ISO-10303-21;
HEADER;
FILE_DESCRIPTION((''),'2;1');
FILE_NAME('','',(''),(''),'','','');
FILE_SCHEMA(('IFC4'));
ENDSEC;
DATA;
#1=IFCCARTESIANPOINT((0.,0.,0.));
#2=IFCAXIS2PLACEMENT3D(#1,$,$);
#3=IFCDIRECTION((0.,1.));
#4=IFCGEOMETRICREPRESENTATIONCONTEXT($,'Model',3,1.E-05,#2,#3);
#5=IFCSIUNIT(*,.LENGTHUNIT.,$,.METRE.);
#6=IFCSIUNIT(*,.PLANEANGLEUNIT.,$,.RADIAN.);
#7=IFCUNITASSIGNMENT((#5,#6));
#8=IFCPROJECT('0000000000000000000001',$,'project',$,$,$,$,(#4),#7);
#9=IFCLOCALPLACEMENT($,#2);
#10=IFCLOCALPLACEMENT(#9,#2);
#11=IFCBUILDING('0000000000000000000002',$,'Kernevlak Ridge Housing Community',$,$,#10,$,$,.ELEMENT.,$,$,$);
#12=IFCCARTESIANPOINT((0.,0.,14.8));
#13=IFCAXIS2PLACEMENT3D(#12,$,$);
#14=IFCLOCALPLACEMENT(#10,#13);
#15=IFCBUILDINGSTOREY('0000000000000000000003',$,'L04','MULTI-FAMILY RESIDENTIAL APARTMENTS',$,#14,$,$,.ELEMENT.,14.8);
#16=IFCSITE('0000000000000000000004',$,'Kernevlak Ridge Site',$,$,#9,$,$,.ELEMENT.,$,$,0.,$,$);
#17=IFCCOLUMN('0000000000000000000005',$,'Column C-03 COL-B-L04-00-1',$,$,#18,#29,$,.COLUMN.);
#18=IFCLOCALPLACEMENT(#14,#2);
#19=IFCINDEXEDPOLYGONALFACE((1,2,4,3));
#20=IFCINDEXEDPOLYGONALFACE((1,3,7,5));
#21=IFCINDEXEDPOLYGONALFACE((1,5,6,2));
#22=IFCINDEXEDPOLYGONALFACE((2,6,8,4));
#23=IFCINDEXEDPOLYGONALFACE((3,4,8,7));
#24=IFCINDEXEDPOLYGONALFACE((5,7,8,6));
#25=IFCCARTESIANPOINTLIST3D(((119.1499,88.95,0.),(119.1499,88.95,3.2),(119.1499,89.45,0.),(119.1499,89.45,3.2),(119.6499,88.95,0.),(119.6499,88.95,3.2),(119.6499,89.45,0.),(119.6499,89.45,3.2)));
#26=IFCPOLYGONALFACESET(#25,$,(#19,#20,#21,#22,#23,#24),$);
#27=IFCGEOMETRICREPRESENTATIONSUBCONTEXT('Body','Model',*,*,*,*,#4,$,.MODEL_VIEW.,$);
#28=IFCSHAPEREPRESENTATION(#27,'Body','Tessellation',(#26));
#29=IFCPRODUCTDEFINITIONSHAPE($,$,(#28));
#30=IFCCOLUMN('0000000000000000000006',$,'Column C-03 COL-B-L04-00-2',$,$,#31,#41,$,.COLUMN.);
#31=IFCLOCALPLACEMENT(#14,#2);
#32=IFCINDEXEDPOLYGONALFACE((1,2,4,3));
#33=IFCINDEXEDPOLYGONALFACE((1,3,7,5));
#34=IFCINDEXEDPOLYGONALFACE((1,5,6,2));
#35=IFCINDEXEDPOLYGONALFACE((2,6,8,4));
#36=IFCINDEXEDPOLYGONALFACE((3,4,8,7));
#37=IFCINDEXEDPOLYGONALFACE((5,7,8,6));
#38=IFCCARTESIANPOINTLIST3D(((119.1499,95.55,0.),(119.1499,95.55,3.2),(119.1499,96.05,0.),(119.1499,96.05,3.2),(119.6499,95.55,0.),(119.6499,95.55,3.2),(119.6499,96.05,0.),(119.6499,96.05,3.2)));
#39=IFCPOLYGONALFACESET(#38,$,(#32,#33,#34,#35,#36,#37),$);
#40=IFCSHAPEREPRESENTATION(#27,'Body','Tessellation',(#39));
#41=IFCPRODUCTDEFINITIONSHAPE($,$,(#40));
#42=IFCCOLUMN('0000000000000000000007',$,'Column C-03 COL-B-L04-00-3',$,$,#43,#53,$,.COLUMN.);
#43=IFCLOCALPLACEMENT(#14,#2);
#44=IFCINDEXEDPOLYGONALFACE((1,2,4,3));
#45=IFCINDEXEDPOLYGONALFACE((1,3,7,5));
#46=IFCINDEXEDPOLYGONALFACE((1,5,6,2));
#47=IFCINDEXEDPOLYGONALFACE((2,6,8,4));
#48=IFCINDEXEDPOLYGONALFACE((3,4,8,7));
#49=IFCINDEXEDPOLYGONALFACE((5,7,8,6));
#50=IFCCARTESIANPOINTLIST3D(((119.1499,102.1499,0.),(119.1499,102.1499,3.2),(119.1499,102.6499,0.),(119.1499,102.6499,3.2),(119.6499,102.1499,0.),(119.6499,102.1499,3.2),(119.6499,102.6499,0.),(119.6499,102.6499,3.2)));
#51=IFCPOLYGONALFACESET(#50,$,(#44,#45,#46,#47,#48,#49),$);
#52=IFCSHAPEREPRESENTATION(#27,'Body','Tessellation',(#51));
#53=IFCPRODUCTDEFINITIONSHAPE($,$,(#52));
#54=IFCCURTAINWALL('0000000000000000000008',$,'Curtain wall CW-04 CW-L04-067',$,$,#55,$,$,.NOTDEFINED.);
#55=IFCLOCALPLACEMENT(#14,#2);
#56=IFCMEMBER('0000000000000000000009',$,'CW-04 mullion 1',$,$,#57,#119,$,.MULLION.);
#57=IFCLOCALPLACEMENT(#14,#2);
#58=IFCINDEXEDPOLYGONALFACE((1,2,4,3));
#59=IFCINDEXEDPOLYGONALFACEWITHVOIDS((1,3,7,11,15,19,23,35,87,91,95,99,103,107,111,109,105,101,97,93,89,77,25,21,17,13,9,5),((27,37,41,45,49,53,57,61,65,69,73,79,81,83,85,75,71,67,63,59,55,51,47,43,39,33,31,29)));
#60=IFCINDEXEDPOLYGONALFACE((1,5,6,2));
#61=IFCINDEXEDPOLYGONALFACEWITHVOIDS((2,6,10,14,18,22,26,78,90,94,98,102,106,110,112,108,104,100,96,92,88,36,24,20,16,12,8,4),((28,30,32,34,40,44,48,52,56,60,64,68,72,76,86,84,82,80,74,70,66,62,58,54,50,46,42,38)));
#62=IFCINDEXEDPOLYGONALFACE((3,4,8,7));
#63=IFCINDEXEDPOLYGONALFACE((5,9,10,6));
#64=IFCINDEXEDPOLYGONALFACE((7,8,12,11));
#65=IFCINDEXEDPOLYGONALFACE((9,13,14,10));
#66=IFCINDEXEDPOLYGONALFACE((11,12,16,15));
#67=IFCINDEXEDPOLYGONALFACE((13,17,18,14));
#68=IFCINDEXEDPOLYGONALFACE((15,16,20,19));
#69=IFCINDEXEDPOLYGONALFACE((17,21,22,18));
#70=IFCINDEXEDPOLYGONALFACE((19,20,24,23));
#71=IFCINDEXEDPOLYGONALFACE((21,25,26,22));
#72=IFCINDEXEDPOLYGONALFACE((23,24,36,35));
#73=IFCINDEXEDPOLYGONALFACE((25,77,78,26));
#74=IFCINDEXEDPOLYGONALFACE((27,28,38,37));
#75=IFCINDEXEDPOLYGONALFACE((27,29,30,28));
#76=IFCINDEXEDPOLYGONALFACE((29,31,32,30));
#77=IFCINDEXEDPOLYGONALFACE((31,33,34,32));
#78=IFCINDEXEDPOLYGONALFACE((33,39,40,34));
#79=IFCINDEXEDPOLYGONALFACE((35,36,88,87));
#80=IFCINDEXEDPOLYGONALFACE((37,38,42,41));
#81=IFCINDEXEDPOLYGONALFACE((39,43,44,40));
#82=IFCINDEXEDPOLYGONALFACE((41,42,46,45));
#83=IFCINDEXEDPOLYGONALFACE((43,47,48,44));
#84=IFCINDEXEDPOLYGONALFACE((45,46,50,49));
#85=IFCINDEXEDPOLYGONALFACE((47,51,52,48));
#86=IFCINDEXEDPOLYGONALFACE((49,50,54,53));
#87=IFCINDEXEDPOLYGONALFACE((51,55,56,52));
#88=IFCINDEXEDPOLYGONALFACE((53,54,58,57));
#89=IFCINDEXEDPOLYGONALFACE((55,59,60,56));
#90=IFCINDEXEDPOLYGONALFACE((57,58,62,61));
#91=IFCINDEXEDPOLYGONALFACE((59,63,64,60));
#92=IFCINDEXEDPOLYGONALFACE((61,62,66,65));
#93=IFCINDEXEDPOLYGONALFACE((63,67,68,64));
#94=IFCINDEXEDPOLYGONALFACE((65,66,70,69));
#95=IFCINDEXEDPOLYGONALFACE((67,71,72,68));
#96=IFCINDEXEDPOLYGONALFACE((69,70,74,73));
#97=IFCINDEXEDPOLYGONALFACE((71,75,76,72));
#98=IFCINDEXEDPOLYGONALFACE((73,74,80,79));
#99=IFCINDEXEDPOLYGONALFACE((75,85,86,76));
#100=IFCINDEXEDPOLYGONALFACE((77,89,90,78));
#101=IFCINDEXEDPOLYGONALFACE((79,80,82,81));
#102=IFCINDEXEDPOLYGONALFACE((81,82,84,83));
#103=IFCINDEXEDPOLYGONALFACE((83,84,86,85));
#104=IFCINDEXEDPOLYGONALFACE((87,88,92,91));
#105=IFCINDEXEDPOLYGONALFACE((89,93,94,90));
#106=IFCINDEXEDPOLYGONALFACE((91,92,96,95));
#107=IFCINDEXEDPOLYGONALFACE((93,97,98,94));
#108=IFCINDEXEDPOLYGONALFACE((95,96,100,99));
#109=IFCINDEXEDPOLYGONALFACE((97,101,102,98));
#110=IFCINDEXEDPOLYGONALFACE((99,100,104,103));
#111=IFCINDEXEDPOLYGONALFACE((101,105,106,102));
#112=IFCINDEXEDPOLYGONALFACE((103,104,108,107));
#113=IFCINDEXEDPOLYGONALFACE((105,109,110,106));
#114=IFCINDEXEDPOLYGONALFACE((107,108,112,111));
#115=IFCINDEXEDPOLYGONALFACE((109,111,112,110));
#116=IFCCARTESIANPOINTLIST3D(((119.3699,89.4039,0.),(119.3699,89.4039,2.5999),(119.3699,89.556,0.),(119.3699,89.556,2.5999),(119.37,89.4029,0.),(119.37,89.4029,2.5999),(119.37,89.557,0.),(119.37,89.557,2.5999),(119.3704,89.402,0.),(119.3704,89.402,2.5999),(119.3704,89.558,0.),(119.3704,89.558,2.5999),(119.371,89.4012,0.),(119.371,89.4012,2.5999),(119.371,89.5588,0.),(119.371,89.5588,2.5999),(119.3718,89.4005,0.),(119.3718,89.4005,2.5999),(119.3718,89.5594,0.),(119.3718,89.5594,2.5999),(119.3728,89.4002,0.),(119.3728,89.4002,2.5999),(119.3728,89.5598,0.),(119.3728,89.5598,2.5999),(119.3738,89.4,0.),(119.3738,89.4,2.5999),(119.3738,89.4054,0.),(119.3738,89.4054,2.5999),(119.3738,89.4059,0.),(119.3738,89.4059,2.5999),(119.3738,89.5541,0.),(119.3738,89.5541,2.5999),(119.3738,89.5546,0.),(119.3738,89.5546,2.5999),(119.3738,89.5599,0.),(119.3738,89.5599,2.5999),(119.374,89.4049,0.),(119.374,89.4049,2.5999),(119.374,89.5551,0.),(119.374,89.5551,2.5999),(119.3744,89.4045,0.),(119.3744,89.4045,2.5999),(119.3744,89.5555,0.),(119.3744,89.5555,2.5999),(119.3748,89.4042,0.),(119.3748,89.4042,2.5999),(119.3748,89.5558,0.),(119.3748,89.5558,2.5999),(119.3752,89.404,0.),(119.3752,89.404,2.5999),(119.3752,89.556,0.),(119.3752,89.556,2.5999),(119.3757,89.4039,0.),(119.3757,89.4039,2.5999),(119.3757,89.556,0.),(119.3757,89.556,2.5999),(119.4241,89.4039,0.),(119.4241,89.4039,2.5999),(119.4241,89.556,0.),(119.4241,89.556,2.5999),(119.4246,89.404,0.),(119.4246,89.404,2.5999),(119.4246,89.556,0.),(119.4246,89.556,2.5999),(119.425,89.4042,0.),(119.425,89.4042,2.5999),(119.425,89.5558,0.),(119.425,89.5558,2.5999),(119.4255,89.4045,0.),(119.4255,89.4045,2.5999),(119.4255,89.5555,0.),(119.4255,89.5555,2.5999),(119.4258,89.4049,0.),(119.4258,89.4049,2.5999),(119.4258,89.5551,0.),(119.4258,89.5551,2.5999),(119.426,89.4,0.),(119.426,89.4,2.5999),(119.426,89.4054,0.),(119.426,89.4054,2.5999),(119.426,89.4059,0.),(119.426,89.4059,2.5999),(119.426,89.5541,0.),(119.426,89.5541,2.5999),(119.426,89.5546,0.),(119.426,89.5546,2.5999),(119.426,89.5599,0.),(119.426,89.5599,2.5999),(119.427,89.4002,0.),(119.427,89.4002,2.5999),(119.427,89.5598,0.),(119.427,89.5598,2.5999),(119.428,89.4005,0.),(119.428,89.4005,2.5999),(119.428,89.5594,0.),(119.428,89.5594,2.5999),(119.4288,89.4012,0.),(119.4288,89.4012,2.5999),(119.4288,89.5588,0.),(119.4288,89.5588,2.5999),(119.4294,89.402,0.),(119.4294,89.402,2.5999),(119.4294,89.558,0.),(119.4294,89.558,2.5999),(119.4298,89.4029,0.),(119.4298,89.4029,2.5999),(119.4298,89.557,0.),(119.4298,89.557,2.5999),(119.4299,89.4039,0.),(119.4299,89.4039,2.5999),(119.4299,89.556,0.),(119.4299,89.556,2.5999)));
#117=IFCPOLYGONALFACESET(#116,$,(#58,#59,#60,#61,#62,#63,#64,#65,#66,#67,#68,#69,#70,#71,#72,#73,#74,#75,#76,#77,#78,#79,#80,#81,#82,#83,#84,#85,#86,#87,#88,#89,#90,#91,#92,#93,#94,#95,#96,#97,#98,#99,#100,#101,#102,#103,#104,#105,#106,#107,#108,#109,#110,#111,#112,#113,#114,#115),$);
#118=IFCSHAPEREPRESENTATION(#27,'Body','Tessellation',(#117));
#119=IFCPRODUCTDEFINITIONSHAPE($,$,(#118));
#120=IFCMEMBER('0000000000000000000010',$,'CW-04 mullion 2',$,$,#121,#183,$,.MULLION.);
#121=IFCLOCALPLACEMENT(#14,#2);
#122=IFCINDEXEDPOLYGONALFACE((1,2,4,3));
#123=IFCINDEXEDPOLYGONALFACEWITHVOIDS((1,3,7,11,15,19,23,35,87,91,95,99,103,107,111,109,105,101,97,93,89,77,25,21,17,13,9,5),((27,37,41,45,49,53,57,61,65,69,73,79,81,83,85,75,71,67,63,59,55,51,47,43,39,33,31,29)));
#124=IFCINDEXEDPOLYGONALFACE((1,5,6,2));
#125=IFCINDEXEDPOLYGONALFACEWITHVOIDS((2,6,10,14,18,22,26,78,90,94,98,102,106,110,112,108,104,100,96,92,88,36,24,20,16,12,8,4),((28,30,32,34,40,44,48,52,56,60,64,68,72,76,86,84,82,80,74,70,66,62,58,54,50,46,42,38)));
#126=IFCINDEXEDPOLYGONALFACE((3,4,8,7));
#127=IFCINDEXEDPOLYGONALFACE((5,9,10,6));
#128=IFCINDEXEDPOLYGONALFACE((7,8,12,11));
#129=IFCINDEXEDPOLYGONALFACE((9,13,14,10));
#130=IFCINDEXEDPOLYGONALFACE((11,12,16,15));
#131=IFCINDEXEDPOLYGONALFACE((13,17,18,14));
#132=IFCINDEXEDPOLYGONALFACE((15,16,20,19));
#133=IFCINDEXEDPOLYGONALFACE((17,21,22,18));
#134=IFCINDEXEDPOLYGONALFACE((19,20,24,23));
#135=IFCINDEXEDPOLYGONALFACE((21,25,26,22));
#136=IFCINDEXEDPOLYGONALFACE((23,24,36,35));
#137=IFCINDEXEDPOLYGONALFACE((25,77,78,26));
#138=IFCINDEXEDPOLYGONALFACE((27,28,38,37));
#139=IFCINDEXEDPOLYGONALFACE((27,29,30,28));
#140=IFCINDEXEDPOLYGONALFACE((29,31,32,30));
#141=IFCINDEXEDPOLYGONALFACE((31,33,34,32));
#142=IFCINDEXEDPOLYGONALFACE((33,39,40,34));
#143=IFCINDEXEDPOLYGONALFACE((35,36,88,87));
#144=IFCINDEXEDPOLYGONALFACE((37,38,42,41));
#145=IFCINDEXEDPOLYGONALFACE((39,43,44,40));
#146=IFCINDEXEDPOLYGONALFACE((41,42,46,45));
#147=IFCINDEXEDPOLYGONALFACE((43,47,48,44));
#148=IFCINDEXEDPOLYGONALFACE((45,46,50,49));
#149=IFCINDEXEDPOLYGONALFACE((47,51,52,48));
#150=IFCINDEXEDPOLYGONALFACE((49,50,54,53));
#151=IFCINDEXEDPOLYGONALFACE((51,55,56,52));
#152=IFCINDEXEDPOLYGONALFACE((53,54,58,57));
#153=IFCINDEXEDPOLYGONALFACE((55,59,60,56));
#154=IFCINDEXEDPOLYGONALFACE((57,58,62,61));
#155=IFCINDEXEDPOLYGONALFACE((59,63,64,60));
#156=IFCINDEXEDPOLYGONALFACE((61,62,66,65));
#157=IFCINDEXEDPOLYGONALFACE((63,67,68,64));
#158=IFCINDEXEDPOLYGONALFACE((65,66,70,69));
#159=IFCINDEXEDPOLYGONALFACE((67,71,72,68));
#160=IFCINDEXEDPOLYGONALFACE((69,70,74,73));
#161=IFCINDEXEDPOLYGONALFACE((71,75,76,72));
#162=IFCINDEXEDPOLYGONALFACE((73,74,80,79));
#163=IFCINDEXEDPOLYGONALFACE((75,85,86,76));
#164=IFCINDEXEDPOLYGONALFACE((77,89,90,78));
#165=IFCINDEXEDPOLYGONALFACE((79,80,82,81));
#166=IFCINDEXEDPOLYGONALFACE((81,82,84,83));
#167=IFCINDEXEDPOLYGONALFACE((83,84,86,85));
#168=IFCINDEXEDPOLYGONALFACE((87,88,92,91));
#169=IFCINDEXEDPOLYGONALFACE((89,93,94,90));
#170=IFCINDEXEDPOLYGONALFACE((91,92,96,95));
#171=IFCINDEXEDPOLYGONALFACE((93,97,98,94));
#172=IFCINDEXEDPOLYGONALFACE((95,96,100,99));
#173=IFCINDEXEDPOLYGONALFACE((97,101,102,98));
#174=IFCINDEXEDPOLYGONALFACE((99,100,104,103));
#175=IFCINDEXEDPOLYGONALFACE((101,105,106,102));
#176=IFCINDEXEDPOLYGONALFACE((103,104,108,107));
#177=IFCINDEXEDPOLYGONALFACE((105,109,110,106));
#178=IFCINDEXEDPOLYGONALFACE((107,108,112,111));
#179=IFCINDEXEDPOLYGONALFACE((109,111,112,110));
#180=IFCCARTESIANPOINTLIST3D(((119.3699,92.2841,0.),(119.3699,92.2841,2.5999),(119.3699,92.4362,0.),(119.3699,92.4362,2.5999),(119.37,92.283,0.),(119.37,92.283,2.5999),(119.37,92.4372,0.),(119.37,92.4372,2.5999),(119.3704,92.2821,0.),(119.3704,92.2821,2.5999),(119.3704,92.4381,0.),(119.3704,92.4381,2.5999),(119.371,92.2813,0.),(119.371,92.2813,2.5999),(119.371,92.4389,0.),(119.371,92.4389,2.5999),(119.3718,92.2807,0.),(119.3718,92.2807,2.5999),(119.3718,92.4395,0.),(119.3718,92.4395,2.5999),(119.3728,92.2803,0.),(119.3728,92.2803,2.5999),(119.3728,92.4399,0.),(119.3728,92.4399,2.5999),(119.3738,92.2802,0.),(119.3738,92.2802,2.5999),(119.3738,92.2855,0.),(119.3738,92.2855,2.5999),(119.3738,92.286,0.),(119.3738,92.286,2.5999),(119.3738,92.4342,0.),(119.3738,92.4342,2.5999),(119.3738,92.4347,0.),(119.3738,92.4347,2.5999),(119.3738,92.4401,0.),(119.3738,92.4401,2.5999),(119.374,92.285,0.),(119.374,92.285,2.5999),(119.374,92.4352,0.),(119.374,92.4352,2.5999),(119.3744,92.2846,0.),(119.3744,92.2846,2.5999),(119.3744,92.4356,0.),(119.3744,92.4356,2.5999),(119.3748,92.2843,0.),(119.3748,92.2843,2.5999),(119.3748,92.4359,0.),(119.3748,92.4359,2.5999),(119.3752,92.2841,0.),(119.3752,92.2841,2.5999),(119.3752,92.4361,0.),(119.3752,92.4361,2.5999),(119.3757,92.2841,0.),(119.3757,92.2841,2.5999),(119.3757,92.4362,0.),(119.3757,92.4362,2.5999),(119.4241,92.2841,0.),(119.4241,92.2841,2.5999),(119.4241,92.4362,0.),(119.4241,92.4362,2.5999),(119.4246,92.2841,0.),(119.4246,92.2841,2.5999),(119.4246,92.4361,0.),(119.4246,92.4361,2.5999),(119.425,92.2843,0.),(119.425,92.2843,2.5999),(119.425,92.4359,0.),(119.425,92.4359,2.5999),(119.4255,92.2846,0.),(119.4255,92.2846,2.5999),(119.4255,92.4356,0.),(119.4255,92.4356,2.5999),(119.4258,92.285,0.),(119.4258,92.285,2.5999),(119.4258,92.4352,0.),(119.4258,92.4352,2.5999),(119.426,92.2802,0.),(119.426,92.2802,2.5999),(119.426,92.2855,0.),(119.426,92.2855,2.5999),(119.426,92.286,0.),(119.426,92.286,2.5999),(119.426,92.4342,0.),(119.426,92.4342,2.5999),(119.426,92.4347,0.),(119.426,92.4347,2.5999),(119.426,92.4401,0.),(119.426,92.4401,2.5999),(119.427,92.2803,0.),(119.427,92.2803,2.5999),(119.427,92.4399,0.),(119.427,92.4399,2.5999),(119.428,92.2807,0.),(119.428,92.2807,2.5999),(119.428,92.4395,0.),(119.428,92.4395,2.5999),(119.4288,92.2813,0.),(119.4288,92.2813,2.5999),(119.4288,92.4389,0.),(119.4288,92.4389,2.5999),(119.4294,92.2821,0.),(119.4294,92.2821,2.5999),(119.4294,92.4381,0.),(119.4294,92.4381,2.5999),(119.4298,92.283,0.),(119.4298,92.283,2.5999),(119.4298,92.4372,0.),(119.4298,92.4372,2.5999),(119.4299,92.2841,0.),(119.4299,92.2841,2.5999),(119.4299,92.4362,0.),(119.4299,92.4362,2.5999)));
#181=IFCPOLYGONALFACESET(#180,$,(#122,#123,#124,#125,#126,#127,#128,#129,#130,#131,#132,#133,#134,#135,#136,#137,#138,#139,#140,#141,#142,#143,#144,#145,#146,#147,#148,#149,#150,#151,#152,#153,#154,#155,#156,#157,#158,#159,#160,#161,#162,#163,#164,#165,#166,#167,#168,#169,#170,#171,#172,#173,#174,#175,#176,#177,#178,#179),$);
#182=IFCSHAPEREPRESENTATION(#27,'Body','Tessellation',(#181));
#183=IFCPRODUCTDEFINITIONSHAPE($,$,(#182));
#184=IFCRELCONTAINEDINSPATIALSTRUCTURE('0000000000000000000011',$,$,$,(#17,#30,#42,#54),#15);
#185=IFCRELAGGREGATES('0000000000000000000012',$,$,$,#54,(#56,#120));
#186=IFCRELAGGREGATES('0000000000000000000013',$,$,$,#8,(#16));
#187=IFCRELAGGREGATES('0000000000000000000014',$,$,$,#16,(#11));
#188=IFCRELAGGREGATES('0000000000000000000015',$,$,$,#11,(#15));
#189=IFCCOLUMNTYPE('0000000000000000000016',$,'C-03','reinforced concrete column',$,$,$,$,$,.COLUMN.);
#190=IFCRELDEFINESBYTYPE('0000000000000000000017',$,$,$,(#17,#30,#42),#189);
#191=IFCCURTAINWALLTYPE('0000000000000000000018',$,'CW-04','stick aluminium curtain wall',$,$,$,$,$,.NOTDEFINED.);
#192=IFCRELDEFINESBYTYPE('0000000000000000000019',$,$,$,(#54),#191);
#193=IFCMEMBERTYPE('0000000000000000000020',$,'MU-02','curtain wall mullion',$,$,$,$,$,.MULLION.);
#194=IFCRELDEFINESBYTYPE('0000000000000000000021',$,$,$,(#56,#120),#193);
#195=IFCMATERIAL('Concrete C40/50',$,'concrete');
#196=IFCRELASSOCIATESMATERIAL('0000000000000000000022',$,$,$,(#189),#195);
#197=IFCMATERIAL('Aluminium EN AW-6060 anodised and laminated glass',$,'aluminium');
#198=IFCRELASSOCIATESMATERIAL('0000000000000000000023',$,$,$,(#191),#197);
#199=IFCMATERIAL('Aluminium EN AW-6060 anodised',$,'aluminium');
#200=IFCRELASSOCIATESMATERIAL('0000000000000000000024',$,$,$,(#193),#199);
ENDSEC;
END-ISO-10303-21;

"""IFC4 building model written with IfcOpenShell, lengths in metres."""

from ifc_helpers import new_model, si_unit, direction, frame, origin, origin_2d, place, context, subcontext, project, spatial, rectangle, hollow_rectangle, extrude, material, material_profile, profile_set, type_object, element, aggregate, save


model = new_model("IFC4")

# Units and contexts
model_context = context("Model", 3, precision=1e-05, world=origin(), true_north=direction((0.0, 1.0)))
body_context = subcontext(model_context, "Body", "Model", "MODEL_VIEW")
ifc_project = project(units=[si_unit("LENGTHUNIT", "METRE"), si_unit("PLANEANGLEUNIT", "RADIAN")], contexts=[model_context])

# Site, building, storey
site_placement = place(None, origin())
site = spatial("IfcSite", under=ifc_project, at=site_placement, Name="Kernevlak Ridge Site", CompositionType="ELEMENT", RefElevation=0.0)
building_placement = place(site_placement, origin())
building = spatial("IfcBuilding", under=site, at=building_placement, Name="Kernevlak Ridge Housing Community", CompositionType="ELEMENT")
storey_placement = place(building_placement, frame((0.0, 0.0, 14.8)))
storey = spatial("IfcBuildingStorey", under=building, at=storey_placement, Name="L04", Description="MULTI-FAMILY RESIDENTIAL APARTMENTS", CompositionType="ELEMENT", Elevation=14.8)

# Columns
ifc_material_1 = material(Name="Concrete C40/50", Category="concrete")
ifc_material_profile_1 = material_profile(ifc_material_1, rectangle(XDim=0.5, YDim=0.5, at=origin_2d()), Name="RC 500x500")
ifc_profile_set_1 = profile_set([ifc_material_profile_1], Name="Concrete C40/50")
column_type = type_object("IfcColumnType", Name="C-03", Description="reinforced concrete column", PredefinedType="COLUMN", material=ifc_profile_set_1)
for number, where, z_axis, x_axis, name in (
    (1, (119.3999, 89.2, 0.0), (0.0, 0.0, 1.0), (1.0, 0.0, 0.0), "Column C-03 COL-B-L04-00-1"),
    (2, (119.3999, 95.8, 0.0), (0.0, 0.0, 1.0), (1.0, 0.0, 0.0), "Column C-03 COL-B-L04-00-2"),
    (3, (119.3999, 102.3999, 0.0), (0.0, 0.0, 1.0), (1.0, 0.0, 0.0), "Column C-03 COL-B-L04-00-3"),
):
    element("IfcColumn", number, at=place(storey_placement, frame(where, z_axis=z_axis, x_axis=x_axis)), inside=storey, type_object=column_type, Name=name, PredefinedType="COLUMN", context=body_context, shape_type="SweptSolid", body=[
        extrude(rectangle(XDim=0.5, YDim=0.5, at=origin_2d()), origin(), (0.0, 0.0, 1.0), 3.2),
    ])

# Curtain wall, members
ifc_material_2 = material(Name="Aluminium EN AW-6060 anodised and laminated glass", Category="aluminium")
curtain_wall_type_1 = type_object("IfcCurtainWallType", Name="CW-04", Description="stick aluminium curtain wall", PredefinedType="NOTDEFINED", material=ifc_material_2)
curtain_wall_1_placement = place(storey_placement, origin())
curtain_wall_1 = element("IfcCurtainWall", 4, at=curtain_wall_1_placement, inside=storey, type_object=curtain_wall_type_1, Name="Curtain wall CW-04 CW-L04-067", PredefinedType="NOTDEFINED")
ifc_material_3 = material(Name="Aluminium EN AW-6060 anodised", Category="aluminium")
ifc_material_profile_2 = material_profile(ifc_material_3, hollow_rectangle(XDim=0.0601, YDim=0.1599, WallThickness=0.0039, InnerFilletRadius=0.002, OuterFilletRadius=0.0039, at=origin_2d()), Name="ALU 60x160x4")
ifc_profile_set_2 = profile_set([ifc_material_profile_2], Name="Aluminium EN AW-6060 anodised")
member_type_1 = type_object("IfcMemberType", Name="MU-02", Description="curtain wall mullion", PredefinedType="MULLION", material=ifc_profile_set_2)
member_1_placement = place(storey_placement, frame((119.3999, 89.48, 0.0), z_axis=(0.0, 0.0, 1.0), x_axis=(-1.0, 0.0, 0.0)))
member_1 = element("IfcMember", 5, at=member_1_placement, type_object=member_type_1, Name="CW-04 mullion 1", PredefinedType="MULLION", context=body_context, shape_type="SweptSolid", body=[
    extrude(hollow_rectangle(XDim=0.0601, YDim=0.1599, WallThickness=0.0039, InnerFilletRadius=0.002, OuterFilletRadius=0.0039, at=origin_2d()), origin(), (0.0, 0.0, 1.0), 2.5999),
])
member_2_placement = place(storey_placement, frame((119.3999, 92.3601, 0.0), z_axis=(0.0, 0.0, 1.0), x_axis=(-1.0, 0.0, 0.0)))
member_2 = element("IfcMember", 6, at=member_2_placement, type_object=member_type_1, Name="CW-04 mullion 2", PredefinedType="MULLION", context=body_context, shape_type="SweptSolid", body=[
    extrude(hollow_rectangle(XDim=0.0601, YDim=0.1599, WallThickness=0.0039, InnerFilletRadius=0.002, OuterFilletRadius=0.0039, at=origin_2d()), origin(), (0.0, 0.0, 1.0), 2.5999),
])

aggregate(curtain_wall_1, [member_1, member_2])

save(model, "model.ifc")
